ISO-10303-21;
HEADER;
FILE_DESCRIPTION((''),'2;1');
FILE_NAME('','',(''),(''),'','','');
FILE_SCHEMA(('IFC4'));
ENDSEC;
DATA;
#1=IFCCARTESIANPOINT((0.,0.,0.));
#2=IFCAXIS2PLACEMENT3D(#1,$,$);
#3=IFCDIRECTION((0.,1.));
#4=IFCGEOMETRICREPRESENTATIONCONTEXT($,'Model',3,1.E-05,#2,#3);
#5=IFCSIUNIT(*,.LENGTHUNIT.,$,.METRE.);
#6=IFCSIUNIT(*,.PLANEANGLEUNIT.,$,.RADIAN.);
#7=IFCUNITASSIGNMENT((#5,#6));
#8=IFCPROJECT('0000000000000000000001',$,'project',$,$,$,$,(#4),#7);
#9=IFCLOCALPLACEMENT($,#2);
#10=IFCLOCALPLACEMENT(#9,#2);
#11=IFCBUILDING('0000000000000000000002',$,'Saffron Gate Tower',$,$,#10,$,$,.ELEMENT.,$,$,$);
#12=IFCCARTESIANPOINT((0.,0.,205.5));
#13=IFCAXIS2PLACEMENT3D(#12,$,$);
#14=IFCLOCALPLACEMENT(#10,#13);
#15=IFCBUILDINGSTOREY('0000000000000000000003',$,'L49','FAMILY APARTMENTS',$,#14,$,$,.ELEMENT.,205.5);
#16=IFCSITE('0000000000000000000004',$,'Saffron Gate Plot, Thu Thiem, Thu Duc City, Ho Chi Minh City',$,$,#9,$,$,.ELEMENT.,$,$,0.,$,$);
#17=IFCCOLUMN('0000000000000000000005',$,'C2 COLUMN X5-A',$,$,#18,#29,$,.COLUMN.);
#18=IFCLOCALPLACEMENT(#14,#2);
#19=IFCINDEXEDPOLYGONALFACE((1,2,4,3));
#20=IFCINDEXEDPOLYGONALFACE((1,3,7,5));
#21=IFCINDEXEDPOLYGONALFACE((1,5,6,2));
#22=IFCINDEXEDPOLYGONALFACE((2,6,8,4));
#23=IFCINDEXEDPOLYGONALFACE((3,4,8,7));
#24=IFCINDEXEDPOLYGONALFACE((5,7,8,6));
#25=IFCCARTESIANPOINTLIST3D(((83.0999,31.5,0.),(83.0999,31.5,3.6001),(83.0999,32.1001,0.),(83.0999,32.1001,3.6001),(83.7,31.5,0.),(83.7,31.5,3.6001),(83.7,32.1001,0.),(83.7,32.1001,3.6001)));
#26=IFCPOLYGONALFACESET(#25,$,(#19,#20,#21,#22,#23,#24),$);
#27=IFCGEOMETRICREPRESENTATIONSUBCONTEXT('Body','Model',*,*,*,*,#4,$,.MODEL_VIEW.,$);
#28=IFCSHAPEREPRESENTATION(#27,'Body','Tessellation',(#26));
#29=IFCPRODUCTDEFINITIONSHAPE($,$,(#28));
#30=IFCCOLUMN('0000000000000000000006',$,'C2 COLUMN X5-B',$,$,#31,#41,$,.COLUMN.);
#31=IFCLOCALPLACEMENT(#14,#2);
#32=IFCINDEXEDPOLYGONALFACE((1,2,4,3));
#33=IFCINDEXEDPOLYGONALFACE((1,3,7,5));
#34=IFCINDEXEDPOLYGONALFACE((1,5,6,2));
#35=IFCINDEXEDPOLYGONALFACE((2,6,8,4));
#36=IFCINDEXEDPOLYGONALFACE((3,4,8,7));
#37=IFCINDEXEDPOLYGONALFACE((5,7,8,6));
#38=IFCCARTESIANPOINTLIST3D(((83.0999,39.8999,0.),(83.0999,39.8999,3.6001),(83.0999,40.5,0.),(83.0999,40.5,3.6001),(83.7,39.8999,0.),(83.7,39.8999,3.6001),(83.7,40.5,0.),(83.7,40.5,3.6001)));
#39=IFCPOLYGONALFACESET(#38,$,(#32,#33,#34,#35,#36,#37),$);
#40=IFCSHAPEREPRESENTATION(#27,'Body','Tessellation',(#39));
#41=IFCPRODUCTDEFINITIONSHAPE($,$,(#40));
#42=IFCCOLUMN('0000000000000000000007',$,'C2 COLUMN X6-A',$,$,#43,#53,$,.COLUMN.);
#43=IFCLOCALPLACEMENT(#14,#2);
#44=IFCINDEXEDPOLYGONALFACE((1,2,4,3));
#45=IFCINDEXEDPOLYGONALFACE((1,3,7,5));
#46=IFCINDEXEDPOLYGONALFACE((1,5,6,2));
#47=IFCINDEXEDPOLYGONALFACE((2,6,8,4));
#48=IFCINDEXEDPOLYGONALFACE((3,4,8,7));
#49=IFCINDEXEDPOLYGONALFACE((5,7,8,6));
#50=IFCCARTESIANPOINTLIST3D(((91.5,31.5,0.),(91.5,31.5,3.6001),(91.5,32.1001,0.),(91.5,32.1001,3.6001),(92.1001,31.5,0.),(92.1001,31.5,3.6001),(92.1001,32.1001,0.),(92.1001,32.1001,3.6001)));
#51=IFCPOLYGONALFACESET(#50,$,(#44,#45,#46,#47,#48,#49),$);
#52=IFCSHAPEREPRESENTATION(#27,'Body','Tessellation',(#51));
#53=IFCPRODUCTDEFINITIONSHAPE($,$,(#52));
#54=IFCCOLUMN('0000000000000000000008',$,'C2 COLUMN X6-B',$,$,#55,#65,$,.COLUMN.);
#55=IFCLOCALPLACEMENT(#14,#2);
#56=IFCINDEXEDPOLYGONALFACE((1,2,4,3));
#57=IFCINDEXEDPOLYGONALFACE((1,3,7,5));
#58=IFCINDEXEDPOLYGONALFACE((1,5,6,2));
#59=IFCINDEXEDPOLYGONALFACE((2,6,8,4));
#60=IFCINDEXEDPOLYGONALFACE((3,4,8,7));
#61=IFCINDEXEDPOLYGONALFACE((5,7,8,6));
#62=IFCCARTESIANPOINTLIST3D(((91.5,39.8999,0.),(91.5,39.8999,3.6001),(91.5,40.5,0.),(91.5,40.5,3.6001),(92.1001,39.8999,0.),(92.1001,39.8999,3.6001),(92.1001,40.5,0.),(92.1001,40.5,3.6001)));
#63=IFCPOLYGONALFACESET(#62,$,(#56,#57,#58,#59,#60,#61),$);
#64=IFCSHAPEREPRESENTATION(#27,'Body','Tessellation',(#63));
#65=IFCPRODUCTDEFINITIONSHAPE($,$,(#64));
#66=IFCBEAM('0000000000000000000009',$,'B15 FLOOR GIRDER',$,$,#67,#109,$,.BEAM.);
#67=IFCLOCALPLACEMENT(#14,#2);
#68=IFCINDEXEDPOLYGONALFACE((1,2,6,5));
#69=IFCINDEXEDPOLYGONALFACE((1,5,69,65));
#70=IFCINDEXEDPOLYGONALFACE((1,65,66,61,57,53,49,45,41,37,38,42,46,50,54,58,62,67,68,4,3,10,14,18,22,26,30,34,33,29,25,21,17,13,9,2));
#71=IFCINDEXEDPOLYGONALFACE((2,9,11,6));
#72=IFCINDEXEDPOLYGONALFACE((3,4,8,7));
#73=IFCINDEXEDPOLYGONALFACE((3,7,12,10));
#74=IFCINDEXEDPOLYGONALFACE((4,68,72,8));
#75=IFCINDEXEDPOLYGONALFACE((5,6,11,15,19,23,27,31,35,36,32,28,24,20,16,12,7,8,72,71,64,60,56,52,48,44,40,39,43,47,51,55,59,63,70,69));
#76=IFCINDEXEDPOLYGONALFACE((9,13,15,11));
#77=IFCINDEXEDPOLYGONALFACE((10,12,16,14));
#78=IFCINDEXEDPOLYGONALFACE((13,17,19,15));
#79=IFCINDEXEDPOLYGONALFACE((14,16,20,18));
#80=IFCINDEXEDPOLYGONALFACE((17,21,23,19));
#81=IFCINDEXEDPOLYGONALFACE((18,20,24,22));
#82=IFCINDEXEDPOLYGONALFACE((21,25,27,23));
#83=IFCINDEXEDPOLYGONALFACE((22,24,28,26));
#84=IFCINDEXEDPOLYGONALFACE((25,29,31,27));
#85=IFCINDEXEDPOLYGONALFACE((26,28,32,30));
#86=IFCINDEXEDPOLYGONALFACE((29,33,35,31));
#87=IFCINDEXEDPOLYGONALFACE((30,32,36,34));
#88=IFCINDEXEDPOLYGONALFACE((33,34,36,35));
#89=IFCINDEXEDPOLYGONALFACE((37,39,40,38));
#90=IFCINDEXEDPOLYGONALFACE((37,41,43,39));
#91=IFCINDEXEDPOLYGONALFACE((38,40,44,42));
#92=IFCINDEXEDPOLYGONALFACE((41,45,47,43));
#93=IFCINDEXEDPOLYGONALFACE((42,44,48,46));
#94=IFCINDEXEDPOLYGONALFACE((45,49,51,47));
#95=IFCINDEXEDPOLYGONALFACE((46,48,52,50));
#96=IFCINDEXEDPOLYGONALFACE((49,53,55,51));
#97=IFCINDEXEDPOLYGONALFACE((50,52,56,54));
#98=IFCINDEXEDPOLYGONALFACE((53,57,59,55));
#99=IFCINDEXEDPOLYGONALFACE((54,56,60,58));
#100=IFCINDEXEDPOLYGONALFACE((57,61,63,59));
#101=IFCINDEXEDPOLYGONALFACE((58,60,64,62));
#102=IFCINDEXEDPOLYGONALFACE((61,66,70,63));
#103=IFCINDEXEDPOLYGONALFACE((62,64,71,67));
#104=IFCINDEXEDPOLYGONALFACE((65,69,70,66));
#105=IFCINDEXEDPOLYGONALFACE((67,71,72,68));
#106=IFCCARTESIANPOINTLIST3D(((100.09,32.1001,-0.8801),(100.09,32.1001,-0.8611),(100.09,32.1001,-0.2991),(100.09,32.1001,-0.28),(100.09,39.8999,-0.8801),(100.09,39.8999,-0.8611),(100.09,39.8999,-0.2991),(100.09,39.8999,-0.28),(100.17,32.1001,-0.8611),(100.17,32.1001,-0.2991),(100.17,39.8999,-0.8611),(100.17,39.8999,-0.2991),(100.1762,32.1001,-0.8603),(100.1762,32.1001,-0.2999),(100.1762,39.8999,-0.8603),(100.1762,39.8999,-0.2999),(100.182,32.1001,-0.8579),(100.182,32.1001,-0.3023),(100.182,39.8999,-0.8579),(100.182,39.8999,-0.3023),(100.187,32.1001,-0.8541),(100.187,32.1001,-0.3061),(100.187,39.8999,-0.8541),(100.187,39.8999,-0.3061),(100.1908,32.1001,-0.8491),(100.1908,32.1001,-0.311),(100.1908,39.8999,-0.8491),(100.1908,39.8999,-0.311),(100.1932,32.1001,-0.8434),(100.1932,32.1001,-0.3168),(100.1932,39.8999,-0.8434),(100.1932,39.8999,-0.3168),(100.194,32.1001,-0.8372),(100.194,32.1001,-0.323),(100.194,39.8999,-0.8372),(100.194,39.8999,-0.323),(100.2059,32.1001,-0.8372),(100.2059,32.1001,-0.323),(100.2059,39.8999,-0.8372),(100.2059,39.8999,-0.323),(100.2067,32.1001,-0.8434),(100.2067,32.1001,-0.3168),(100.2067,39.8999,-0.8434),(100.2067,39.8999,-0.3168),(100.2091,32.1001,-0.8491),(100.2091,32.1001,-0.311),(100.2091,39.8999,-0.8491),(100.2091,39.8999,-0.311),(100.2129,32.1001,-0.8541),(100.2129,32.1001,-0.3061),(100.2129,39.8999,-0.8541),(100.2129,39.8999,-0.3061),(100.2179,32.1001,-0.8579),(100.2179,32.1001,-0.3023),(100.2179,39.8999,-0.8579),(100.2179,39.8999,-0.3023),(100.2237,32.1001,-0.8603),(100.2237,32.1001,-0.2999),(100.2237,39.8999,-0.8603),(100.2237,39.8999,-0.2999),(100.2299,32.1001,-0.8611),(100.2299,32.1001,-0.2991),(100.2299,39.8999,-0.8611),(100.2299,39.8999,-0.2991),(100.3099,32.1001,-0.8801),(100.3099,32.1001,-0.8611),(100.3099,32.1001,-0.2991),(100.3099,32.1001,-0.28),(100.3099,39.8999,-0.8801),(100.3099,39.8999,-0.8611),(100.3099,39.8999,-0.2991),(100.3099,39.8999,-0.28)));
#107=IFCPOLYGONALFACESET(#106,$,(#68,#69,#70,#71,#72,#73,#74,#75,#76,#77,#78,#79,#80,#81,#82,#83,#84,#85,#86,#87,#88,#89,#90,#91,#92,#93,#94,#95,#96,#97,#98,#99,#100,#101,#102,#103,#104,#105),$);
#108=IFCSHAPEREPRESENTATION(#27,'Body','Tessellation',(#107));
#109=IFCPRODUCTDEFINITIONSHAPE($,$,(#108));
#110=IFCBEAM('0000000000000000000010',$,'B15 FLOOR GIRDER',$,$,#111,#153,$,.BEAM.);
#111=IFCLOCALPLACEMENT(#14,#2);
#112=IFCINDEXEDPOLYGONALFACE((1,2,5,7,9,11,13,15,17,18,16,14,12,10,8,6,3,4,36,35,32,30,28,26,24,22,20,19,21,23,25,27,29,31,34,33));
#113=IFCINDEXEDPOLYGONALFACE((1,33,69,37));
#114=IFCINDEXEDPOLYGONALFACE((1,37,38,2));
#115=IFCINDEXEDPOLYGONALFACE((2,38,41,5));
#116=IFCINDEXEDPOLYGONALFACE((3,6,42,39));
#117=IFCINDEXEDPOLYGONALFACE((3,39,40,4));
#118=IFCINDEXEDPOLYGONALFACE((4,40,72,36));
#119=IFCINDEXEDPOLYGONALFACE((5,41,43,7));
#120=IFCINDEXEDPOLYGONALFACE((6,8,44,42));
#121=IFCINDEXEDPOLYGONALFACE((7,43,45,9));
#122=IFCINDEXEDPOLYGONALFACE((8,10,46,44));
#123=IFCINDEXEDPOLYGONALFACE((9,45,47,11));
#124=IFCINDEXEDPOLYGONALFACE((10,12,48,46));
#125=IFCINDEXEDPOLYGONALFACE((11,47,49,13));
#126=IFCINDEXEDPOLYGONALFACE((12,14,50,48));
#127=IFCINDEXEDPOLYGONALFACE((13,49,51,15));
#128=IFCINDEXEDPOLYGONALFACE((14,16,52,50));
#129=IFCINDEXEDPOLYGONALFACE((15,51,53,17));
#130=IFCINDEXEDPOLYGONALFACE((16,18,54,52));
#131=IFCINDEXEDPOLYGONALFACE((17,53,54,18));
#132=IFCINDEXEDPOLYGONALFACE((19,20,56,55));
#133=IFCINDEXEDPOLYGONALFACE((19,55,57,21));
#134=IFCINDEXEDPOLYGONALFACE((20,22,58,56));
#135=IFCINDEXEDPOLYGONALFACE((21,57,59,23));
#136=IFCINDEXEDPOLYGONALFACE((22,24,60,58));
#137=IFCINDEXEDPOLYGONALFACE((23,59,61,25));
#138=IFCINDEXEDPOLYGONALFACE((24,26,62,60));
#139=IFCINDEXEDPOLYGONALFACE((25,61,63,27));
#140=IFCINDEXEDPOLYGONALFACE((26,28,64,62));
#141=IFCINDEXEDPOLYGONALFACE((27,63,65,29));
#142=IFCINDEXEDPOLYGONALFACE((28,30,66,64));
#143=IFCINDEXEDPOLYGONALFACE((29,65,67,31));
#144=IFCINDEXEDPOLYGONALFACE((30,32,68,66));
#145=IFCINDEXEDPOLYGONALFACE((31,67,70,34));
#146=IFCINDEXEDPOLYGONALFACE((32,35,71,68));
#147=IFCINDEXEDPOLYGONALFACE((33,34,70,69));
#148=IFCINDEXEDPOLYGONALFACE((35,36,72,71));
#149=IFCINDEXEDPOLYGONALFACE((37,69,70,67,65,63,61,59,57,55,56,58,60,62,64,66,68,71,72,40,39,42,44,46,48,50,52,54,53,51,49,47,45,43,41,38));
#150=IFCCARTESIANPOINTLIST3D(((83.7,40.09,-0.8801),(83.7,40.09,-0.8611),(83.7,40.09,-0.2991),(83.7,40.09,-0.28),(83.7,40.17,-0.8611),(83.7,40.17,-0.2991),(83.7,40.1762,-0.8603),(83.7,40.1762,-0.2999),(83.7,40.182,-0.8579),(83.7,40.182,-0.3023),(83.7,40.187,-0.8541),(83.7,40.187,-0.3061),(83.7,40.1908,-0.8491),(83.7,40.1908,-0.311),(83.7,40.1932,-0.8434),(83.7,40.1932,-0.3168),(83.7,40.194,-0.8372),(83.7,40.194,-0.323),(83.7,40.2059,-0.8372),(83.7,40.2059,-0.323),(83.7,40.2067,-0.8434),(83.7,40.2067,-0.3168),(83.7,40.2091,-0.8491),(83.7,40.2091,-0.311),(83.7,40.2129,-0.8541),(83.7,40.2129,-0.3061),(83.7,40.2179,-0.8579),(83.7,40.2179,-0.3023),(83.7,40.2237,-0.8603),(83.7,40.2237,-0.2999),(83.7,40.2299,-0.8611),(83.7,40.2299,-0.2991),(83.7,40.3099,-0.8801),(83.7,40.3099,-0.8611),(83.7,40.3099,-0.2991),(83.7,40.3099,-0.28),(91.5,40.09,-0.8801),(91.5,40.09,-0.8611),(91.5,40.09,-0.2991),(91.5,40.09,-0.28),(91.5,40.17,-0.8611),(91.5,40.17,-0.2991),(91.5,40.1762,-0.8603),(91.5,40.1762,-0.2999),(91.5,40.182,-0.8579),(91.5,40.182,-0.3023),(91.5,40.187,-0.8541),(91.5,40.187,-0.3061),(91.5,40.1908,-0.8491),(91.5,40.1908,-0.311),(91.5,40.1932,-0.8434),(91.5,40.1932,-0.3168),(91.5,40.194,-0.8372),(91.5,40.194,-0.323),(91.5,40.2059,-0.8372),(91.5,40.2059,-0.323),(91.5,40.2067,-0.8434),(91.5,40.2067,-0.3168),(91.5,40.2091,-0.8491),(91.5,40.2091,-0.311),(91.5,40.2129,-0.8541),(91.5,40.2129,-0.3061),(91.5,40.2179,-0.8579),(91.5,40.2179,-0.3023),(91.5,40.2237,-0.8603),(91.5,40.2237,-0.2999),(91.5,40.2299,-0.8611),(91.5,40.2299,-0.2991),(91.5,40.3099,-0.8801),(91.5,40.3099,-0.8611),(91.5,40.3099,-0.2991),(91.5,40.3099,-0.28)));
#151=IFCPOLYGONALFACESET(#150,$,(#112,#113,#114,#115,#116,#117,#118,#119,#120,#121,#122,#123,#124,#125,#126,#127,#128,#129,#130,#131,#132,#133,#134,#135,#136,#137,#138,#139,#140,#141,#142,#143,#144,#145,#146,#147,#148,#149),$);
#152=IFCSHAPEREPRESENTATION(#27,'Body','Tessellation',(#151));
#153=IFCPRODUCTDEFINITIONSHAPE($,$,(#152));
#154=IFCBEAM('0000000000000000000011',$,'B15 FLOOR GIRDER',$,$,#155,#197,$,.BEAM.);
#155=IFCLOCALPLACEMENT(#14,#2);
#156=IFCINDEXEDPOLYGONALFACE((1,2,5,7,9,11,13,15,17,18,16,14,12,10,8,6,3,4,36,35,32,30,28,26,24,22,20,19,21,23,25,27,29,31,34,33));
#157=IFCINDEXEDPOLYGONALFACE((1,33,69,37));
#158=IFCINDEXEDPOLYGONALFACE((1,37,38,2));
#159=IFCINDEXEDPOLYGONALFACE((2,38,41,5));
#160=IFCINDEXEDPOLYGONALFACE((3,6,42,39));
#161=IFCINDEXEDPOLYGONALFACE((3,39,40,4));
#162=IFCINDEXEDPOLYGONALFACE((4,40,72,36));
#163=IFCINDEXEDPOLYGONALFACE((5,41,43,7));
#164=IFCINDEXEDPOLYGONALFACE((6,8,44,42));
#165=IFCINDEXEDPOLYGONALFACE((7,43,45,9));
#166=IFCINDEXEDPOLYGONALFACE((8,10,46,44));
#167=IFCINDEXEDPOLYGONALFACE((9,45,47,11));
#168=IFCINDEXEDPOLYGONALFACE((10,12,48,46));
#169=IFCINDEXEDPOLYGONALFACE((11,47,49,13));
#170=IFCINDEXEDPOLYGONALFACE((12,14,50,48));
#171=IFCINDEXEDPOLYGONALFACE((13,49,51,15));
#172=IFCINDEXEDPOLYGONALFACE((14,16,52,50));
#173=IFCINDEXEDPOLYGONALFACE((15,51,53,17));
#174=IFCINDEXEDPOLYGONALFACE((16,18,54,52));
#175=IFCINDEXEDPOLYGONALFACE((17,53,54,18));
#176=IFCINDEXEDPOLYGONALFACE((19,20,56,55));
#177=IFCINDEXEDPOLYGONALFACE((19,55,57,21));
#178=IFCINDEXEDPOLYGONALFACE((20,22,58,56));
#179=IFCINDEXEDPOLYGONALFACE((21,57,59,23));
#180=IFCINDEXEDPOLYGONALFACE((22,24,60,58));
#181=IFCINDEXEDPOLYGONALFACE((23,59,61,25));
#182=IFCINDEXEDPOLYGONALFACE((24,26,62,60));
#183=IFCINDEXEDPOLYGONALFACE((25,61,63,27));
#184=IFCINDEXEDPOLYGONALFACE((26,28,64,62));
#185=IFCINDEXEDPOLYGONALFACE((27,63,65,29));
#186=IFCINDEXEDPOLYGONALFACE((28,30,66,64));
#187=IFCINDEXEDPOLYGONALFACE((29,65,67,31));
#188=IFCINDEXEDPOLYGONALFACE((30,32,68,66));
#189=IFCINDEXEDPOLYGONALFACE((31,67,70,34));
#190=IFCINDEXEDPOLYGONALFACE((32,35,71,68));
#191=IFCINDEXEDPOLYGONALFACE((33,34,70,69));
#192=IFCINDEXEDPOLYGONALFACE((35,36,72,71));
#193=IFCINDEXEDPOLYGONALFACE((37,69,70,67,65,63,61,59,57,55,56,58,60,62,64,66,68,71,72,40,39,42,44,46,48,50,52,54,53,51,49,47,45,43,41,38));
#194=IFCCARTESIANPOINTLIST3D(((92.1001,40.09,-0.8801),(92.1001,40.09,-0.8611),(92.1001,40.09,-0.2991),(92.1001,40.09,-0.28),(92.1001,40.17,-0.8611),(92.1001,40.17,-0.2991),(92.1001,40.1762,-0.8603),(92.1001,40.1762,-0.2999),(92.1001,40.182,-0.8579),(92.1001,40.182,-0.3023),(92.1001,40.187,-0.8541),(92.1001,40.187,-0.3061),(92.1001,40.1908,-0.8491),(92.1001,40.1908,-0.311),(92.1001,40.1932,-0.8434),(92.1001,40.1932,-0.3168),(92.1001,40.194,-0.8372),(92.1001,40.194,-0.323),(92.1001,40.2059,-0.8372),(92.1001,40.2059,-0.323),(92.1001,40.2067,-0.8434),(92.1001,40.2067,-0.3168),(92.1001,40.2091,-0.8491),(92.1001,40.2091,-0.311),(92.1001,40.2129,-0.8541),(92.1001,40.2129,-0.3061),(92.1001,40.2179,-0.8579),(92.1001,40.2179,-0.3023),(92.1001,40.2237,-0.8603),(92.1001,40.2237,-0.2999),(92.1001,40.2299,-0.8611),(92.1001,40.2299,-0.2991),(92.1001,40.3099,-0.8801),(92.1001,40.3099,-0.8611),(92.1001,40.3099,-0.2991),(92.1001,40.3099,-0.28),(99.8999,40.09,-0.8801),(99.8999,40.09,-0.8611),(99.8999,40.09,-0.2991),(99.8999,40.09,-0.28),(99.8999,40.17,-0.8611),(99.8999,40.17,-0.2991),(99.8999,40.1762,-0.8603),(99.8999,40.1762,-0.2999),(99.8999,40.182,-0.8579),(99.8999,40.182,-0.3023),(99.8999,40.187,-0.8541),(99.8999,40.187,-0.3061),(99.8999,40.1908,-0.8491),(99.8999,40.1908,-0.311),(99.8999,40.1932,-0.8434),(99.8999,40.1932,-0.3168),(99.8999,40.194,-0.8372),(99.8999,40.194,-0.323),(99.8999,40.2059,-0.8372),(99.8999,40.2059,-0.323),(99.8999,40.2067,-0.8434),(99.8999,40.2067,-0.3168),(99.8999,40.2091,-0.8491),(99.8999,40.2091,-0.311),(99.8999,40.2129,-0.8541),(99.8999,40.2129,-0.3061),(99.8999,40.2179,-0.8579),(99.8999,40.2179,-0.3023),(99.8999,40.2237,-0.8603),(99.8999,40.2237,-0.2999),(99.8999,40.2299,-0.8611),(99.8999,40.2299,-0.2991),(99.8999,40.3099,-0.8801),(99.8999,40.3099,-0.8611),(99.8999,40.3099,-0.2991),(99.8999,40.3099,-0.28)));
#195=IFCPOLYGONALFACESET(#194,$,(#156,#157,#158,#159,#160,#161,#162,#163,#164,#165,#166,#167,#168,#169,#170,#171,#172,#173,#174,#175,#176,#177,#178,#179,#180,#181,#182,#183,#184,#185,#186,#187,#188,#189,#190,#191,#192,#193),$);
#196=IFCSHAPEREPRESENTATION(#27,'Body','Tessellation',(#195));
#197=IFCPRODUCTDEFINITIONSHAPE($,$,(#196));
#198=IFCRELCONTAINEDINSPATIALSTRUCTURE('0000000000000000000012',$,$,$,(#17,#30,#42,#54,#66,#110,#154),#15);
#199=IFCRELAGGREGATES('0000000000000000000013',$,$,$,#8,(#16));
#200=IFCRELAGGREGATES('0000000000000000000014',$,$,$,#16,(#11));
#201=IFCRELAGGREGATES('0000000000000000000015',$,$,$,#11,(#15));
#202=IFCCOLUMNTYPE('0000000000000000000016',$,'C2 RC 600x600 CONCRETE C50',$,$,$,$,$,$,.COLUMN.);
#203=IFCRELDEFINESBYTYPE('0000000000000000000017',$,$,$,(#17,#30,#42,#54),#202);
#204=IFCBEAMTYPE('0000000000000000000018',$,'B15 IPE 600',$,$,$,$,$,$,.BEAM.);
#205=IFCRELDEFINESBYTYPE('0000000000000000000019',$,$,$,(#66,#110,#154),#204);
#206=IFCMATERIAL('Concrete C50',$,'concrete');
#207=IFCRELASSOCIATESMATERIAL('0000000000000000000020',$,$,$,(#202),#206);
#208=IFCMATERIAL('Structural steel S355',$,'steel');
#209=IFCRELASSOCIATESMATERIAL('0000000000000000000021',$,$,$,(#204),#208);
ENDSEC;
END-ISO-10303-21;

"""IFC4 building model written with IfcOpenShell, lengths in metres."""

from ifc_helpers import new_model, si_unit, direction, frame, origin, origin_2d, place, context, subcontext, project, spatial, rectangle, i_section, extrude, material, material_profile, profile_set, type_object, element, save


model = new_model("IFC4")

# Units and contexts
model_context = context("Model", 3, precision=1e-05, world=origin(), true_north=direction((0.0, 1.0)))
body_context = subcontext(model_context, "Body", "Model", "MODEL_VIEW")
ifc_project = project(units=[si_unit("LENGTHUNIT", "METRE"), si_unit("PLANEANGLEUNIT", "RADIAN")], contexts=[model_context])

# Site, building, storey
site_placement = place(None, origin())
site = spatial("IfcSite", under=ifc_project, at=site_placement, Name="Saffron Gate Plot, Thu Thiem, Thu Duc City, Ho Chi Minh City", CompositionType="ELEMENT", RefElevation=0.0)
building_placement = place(site_placement, origin())
building = spatial("IfcBuilding", under=site, at=building_placement, Name="Saffron Gate Tower", CompositionType="ELEMENT")
storey_placement = place(building_placement, frame((0.0, 0.0, 205.5)))
storey = spatial("IfcBuildingStorey", under=building, at=storey_placement, Name="L49", Description="FAMILY APARTMENTS", CompositionType="ELEMENT", Elevation=205.5)

# Columns
ifc_material_1 = material(Name="Concrete C50", Category="concrete")
ifc_material_profile_1 = material_profile(ifc_material_1, rectangle(XDim=0.6001, YDim=0.6001, at=origin_2d()))
ifc_profile_set_1 = profile_set([ifc_material_profile_1], Name="Concrete C50")
column_type = type_object("IfcColumnType", Name="C2 RC 600x600 CONCRETE C50", PredefinedType="COLUMN", material=ifc_profile_set_1)
for number, where, z_axis, x_axis, name in (
    (1, (83.3999, 31.8, 0.0), (0.0, 0.0, 1.0), (1.0, 0.0, 0.0), "C2 COLUMN X5-A"),
    (2, (83.3999, 40.2, 0.0), (0.0, 0.0, 1.0), (1.0, 0.0, 0.0), "C2 COLUMN X5-B"),
    (3, (91.8, 31.8, 0.0), (0.0, 0.0, 1.0), (1.0, 0.0, 0.0), "C2 COLUMN X6-A"),
    (4, (91.8, 40.2, 0.0), (0.0, 0.0, 1.0), (1.0, 0.0, 0.0), "C2 COLUMN X6-B"),
):
    element("IfcColumn", number, at=place(storey_placement, frame(where, z_axis=z_axis, x_axis=x_axis)), inside=storey, type_object=column_type, Name=name, PredefinedType="COLUMN", context=body_context, shape_type="SweptSolid", body=[
        extrude(rectangle(XDim=0.6001, YDim=0.6001, at=origin_2d()), origin(), (0.0, 0.0, 1.0), 3.6001),
    ])

# Beams
ifc_material_2 = material(Name="Structural steel S355", Category="steel")
ifc_material_profile_2 = material_profile(ifc_material_2, i_section(OverallWidth=0.22, OverallDepth=0.6001, WebThickness=0.012, FlangeThickness=0.019, FilletRadius=0.0239, at=origin_2d()))
ifc_profile_set_2 = profile_set([ifc_material_profile_2], Name="Structural steel S355")
beam_type_1 = type_object("IfcBeamType", Name="B15 IPE 600", PredefinedType="BEAM", material=ifc_profile_set_2)
beam_1_placement = place(storey_placement, frame((100.2, 32.1001, -0.5801), z_axis=(0.0, 1.0, 0.0), x_axis=(-1.0, 0.0, 0.0)))
element("IfcBeam", 5, at=beam_1_placement, inside=storey, type_object=beam_type_1, Name="B15 FLOOR GIRDER", PredefinedType="BEAM", context=body_context, shape_type="SweptSolid", body=[
    extrude(i_section(OverallWidth=0.22, OverallDepth=0.6001, WebThickness=0.012, FlangeThickness=0.019, FilletRadius=0.0239, at=origin_2d()), origin(), (0.0, 0.0, 1.0), 7.7998),
])
beam_2_placement = place(storey_placement, frame((83.7, 40.2, -0.5801), z_axis=(1.0, 0.0, 0.0), x_axis=(0.0, 1.0, 0.0)))
element("IfcBeam", 6, at=beam_2_placement, inside=storey, type_object=beam_type_1, Name="B15 FLOOR GIRDER", PredefinedType="BEAM", context=body_context, shape_type="SweptSolid", body=[
    extrude(i_section(OverallWidth=0.22, OverallDepth=0.6001, WebThickness=0.012, FlangeThickness=0.019, FilletRadius=0.0239, at=origin_2d()), origin(), (0.0, 0.0, 1.0), 7.8),
])
beam_3_placement = place(storey_placement, frame((92.1001, 40.2, -0.5801), z_axis=(1.0, 0.0, 0.0), x_axis=(0.0, 1.0, 0.0)))
element("IfcBeam", 7, at=beam_3_placement, inside=storey, type_object=beam_type_1, Name="B15 FLOOR GIRDER", PredefinedType="BEAM", context=body_context, shape_type="SweptSolid", body=[
    extrude(i_section(OverallWidth=0.22, OverallDepth=0.6001, WebThickness=0.012, FlangeThickness=0.019, FilletRadius=0.0239, at=origin_2d()), origin(), (0.0, 0.0, 1.0), 7.7998),
])

save(model, "model.ifc")
